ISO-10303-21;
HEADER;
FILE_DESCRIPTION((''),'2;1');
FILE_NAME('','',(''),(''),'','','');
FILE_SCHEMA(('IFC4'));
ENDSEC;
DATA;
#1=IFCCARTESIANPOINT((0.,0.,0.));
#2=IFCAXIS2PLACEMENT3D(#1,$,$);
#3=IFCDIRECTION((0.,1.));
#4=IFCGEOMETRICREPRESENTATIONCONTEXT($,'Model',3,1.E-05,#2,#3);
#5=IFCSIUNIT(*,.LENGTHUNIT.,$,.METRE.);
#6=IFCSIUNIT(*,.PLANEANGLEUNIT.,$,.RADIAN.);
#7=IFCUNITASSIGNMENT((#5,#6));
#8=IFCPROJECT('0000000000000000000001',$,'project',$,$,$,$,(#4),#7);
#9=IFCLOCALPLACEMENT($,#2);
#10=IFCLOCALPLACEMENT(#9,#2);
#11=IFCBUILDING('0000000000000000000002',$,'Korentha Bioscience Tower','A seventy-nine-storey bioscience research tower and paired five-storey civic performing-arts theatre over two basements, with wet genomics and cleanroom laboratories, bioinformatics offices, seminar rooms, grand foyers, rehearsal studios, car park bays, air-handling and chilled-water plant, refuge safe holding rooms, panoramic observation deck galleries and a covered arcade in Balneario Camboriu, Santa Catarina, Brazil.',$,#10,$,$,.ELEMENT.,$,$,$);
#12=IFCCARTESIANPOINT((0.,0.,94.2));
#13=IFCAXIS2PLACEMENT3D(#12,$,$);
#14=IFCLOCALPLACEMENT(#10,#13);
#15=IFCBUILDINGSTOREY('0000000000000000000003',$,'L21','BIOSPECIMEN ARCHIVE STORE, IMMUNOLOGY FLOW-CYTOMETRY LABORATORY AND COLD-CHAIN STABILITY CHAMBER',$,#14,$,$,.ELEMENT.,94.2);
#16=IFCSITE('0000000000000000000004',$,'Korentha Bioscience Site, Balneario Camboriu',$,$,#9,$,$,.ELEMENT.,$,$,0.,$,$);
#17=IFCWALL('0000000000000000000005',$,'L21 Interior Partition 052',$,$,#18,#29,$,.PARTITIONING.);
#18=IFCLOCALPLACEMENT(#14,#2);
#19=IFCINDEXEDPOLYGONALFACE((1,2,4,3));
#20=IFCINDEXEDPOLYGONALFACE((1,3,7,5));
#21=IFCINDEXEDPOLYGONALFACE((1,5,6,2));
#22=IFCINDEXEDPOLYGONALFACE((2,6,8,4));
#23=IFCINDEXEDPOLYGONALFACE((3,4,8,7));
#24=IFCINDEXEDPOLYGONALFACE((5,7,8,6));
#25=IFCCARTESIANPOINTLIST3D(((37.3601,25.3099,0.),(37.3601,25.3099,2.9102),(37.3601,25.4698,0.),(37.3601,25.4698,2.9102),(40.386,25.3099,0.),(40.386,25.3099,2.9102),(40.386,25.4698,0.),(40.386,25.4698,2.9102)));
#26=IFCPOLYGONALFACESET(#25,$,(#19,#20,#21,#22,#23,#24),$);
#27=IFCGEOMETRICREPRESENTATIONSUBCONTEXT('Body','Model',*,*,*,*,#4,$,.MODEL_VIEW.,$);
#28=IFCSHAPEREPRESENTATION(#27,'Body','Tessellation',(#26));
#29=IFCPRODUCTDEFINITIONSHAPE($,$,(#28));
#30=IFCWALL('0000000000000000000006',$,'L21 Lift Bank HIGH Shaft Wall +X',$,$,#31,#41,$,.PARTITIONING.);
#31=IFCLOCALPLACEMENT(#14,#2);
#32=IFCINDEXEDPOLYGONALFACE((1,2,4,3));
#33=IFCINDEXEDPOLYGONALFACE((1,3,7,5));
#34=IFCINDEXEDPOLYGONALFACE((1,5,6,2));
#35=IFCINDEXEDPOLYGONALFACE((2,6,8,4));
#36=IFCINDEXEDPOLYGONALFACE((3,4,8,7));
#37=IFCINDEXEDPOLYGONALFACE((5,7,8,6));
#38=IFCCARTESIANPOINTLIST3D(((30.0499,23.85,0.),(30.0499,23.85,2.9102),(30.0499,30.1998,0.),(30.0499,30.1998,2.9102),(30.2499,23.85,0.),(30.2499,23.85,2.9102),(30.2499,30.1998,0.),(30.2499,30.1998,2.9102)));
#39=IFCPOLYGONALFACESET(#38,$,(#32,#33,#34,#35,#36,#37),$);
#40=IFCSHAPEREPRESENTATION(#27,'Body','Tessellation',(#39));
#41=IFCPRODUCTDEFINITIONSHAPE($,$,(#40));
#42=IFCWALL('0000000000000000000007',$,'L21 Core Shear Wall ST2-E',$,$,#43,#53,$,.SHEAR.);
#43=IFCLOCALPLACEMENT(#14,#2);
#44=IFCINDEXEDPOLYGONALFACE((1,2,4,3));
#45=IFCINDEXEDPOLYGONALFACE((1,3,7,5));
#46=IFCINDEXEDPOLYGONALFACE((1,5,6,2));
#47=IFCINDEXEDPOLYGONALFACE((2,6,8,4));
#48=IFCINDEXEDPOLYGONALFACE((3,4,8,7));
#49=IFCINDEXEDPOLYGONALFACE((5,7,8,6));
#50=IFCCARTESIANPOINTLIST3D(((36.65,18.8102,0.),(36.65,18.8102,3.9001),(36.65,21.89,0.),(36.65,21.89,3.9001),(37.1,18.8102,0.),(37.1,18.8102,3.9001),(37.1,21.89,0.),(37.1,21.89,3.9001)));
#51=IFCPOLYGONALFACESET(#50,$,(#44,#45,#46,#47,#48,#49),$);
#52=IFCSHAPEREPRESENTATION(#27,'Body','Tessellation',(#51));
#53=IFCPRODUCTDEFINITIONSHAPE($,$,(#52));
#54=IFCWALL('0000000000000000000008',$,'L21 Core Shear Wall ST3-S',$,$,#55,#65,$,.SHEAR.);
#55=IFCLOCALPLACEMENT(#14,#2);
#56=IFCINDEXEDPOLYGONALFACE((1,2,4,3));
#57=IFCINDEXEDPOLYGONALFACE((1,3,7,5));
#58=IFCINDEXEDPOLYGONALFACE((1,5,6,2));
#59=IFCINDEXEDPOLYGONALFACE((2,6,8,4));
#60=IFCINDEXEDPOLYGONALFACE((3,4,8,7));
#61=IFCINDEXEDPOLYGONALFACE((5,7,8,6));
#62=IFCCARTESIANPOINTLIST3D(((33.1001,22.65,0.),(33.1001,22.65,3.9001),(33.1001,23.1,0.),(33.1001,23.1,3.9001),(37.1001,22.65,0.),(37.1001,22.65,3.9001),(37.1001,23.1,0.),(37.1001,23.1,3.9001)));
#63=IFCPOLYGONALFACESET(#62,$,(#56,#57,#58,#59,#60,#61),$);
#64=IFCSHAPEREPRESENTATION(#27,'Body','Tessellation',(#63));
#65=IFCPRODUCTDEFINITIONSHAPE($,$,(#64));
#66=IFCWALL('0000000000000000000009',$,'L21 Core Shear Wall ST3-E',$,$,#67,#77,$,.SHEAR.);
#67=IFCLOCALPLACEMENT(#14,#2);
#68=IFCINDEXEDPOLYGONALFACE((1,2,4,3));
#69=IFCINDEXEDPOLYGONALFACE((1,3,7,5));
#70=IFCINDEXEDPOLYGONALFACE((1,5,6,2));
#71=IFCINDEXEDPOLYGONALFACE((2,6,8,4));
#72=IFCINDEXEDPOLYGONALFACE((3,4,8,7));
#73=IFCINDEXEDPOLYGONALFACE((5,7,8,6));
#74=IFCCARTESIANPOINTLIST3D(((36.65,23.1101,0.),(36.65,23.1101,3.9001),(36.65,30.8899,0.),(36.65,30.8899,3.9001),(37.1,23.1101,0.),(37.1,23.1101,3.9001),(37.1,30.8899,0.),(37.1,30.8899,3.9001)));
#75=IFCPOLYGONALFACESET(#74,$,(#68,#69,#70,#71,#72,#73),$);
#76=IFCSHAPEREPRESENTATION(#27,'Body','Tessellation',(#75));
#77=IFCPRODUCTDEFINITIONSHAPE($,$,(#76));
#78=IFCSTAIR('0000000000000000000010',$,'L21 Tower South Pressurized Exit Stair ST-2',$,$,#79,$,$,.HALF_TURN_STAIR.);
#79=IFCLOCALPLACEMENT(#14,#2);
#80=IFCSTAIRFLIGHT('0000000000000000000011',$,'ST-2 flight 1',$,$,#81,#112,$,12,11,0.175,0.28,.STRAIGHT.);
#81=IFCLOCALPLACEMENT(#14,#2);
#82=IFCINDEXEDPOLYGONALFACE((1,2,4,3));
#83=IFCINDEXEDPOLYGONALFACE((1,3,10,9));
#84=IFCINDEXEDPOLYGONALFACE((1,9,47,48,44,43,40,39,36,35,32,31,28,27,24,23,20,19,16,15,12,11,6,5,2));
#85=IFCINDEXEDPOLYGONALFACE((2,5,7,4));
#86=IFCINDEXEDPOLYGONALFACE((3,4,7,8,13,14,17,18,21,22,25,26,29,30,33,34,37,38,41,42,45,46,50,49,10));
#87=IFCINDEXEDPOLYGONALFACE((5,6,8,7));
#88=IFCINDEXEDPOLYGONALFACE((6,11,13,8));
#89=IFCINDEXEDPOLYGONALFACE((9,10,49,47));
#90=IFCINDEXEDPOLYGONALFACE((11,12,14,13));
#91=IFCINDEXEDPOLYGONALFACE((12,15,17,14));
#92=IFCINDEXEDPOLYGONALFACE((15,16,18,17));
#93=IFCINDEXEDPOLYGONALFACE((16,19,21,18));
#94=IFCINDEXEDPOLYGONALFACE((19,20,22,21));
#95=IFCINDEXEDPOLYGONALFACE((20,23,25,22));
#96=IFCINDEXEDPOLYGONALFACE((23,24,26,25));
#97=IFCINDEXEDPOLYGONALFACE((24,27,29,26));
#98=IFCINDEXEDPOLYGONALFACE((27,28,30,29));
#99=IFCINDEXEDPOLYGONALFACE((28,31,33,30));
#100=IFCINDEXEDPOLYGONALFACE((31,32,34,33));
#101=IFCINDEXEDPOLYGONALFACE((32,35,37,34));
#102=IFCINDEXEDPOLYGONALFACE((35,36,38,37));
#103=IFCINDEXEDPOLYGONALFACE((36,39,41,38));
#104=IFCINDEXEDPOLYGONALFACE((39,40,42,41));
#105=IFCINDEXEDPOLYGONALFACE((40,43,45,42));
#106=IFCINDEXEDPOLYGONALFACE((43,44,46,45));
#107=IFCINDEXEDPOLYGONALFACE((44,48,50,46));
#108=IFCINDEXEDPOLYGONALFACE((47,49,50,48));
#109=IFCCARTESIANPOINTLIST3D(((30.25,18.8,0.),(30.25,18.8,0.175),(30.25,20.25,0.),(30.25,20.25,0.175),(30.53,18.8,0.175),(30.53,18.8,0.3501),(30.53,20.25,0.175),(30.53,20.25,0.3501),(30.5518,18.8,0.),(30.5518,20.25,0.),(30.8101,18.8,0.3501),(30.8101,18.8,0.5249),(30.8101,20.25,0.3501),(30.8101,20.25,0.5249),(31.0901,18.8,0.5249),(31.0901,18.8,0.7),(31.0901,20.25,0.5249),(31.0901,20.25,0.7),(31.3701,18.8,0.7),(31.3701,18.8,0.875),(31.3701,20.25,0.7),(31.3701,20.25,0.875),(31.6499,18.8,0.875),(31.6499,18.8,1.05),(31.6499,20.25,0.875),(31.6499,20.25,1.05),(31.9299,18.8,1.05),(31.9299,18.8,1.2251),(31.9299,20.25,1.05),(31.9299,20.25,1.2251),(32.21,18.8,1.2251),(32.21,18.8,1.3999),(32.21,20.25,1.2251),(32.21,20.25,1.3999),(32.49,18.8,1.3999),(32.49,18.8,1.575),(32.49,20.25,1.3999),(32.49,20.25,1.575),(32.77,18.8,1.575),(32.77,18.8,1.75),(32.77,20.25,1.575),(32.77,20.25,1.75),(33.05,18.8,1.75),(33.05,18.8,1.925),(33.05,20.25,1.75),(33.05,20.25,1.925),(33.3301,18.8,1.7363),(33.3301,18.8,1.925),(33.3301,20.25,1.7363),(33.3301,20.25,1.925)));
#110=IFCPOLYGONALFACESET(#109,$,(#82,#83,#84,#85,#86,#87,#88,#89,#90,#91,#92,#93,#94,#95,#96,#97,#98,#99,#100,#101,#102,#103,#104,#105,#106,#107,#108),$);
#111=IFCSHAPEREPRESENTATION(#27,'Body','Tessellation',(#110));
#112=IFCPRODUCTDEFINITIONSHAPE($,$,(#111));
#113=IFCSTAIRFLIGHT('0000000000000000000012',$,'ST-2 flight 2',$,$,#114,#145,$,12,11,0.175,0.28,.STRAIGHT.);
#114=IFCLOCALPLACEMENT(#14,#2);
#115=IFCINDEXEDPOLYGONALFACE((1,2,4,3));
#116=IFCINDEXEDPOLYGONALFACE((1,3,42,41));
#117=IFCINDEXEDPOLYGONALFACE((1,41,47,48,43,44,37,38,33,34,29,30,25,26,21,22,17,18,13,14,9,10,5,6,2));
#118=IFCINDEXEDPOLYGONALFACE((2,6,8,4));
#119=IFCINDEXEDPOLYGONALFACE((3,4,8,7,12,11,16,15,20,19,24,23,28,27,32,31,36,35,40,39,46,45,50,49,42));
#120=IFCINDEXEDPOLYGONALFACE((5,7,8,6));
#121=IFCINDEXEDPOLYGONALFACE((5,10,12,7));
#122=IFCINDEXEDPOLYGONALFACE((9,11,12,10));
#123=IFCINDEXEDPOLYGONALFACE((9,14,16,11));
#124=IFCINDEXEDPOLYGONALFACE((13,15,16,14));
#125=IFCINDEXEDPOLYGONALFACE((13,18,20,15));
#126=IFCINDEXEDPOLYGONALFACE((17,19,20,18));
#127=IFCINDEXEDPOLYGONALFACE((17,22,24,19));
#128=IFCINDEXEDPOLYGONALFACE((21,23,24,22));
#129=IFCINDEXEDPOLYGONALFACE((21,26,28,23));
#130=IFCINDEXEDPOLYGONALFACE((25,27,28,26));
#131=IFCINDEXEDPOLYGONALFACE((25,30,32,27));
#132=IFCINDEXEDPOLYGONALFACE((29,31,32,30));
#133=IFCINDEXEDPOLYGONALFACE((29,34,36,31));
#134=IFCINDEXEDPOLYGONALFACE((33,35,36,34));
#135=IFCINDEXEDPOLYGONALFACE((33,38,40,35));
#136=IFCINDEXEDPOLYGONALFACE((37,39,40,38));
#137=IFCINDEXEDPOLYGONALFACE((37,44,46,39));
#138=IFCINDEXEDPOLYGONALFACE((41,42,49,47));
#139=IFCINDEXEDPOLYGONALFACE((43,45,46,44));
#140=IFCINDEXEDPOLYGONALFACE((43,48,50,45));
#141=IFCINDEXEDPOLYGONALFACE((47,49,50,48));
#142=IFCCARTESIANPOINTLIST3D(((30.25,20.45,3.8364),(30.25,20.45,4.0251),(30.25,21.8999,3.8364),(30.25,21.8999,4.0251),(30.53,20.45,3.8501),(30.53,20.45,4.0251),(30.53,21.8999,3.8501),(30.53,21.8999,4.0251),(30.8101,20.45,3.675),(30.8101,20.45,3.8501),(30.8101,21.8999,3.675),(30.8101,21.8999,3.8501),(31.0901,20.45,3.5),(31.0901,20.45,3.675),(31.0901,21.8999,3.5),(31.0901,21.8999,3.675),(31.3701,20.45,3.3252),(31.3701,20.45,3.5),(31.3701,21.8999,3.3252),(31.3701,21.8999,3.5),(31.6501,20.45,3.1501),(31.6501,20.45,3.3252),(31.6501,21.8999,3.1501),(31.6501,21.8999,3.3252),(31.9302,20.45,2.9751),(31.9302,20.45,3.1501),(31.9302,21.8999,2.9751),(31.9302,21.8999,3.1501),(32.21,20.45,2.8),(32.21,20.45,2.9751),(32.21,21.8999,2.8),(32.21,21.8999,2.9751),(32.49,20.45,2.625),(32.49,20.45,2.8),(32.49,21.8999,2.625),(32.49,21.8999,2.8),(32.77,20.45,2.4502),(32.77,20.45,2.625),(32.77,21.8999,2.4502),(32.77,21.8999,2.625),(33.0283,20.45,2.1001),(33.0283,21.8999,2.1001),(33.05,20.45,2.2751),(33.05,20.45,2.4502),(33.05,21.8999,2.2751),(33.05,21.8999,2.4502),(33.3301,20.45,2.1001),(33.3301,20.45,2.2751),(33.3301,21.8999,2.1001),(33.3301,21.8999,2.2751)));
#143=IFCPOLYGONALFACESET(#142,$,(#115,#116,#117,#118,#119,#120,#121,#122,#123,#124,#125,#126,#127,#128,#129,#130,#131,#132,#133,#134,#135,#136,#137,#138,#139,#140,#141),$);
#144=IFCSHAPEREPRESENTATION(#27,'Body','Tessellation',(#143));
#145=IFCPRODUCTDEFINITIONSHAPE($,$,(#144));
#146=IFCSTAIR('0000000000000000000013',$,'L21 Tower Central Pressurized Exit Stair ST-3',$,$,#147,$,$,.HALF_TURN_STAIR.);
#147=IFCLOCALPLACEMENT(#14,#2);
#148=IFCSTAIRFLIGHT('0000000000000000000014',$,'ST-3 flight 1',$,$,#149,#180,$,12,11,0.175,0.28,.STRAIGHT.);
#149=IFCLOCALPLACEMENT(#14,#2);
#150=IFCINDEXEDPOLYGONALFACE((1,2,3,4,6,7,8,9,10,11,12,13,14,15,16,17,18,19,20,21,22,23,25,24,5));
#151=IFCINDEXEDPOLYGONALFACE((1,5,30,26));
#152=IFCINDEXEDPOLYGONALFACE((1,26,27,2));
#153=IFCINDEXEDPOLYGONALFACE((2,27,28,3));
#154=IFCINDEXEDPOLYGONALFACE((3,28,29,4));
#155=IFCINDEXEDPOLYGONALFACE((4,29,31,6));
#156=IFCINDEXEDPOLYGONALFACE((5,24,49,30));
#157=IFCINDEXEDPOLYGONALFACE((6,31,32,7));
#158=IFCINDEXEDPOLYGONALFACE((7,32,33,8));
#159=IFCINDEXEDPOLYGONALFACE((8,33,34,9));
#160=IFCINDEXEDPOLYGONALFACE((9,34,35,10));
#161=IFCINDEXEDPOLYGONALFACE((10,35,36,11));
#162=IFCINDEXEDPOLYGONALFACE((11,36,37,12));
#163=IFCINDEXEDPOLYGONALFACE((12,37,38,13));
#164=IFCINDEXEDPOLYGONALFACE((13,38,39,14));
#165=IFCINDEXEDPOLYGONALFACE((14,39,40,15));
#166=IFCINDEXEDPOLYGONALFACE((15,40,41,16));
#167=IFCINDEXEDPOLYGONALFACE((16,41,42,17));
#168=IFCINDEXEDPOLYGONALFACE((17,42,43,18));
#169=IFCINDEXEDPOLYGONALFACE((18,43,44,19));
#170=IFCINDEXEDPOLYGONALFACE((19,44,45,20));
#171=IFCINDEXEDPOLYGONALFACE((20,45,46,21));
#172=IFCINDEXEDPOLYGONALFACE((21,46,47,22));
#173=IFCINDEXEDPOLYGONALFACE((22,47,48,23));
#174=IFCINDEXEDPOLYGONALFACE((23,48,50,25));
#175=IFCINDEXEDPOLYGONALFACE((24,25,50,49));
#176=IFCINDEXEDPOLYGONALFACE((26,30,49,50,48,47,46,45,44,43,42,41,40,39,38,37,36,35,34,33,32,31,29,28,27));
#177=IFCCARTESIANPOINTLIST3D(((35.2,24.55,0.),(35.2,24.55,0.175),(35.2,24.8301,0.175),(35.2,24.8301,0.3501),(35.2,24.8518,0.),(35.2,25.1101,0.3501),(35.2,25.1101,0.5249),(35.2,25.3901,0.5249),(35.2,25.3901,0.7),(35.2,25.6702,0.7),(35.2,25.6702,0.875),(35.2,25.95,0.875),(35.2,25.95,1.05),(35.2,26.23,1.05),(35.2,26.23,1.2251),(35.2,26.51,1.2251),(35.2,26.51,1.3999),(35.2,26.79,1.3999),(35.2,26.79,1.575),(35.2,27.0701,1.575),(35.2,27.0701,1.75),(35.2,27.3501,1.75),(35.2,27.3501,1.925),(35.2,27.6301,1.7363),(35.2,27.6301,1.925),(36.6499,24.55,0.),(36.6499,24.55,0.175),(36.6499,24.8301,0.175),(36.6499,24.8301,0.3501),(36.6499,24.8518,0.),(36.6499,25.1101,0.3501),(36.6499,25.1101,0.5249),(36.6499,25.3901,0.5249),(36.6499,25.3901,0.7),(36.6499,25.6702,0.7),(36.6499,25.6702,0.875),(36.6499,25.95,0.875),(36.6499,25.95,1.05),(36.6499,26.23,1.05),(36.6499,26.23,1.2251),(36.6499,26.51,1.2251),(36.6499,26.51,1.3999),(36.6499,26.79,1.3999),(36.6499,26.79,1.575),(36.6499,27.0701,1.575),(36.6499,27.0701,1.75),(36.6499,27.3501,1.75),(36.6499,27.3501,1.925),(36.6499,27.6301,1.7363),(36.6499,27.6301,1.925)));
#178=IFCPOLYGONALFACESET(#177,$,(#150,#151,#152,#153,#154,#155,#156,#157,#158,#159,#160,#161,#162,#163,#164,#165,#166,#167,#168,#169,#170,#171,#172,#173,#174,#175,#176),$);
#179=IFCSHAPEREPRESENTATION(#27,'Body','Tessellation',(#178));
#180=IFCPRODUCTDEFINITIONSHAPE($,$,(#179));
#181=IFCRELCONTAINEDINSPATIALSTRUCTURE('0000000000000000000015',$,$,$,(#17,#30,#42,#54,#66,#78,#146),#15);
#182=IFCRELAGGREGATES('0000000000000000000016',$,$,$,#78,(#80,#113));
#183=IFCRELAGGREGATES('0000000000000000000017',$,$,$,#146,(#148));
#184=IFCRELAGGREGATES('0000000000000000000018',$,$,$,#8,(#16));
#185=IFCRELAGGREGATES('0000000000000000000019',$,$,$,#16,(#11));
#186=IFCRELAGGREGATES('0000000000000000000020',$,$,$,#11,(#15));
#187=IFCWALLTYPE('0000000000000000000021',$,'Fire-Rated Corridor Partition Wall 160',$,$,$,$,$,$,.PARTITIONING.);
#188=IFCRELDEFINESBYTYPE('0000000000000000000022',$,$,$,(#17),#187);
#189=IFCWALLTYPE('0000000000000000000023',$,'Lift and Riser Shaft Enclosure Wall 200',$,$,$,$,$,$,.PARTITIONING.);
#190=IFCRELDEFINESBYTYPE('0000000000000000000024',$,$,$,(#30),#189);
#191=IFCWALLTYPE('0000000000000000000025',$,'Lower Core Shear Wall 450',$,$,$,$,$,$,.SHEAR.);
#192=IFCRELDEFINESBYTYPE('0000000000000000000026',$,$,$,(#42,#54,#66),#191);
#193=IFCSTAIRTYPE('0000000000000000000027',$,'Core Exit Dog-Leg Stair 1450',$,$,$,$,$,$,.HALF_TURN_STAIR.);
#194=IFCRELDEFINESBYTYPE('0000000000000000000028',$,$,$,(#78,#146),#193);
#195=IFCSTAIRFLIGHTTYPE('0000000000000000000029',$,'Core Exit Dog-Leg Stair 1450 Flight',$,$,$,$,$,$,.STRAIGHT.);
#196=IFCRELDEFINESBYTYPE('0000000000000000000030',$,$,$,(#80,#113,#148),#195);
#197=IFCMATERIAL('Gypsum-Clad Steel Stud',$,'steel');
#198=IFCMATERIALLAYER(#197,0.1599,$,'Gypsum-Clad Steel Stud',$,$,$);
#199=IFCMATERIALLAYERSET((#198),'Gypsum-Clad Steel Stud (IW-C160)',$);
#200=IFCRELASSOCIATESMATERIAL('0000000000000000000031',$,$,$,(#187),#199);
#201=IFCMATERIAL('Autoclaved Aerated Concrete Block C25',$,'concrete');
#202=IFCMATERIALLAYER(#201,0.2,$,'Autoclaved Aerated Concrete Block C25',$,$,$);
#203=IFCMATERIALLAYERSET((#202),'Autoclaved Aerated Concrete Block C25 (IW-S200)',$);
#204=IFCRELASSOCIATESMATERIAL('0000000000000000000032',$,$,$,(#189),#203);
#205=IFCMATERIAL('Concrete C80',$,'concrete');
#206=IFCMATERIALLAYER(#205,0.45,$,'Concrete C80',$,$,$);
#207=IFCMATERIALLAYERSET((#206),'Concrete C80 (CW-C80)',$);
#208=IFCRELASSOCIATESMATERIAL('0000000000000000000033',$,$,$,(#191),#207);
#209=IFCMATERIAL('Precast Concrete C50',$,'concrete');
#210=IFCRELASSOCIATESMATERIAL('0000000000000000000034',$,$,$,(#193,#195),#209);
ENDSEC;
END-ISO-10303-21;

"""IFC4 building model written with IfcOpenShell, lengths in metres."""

from ifc_helpers import new_model, si_unit, direction, frame, frame_2d, origin, place, context, subcontext, project, spatial, polyline, rectangle, outline, extrude, material, layer, layer_set, type_object, element, aggregate, save


model = new_model("IFC4")

# Units and contexts
model_context = context("Model", 3, precision=1e-05, world=origin(), true_north=direction((0.0, 1.0)))
body_context = subcontext(model_context, "Body", "Model", "MODEL_VIEW")
ifc_project = project(units=[si_unit("LENGTHUNIT", "METRE"), si_unit("PLANEANGLEUNIT", "RADIAN")], contexts=[model_context])

# Site, building, storey
site_placement = place(None, origin())
site = spatial("IfcSite", under=ifc_project, at=site_placement, Name="Korentha Bioscience Site, Balneario Camboriu", CompositionType="ELEMENT", RefElevation=0.0)
building_placement = place(site_placement, origin())
building = spatial("IfcBuilding", under=site, at=building_placement, Name="Korentha Bioscience Tower", Description="A seventy-nine-storey bioscience research tower and paired five-storey civic performing-arts theatre over two basements, with wet genomics and cleanroom laboratories, bioinformatics offices, seminar rooms, grand foyers, rehearsal studios, car park bays, air-handling and chilled-water plant, refuge safe holding rooms, panoramic observation deck galleries and a covered arcade in Balneario Camboriu, Santa Catarina, Brazil.", CompositionType="ELEMENT")
storey_placement = place(building_placement, frame((0.0, 0.0, 94.2)))
storey = spatial("IfcBuildingStorey", under=building, at=storey_placement, Name="L21", Description="BIOSPECIMEN ARCHIVE STORE, IMMUNOLOGY FLOW-CYTOMETRY LABORATORY AND COLD-CHAIN STABILITY CHAMBER", CompositionType="ELEMENT", Elevation=94.2)

# Walls
ifc_material_1 = material(Name="Gypsum-Clad Steel Stud", Category="steel")
ifc_layer_1 = layer(ifc_material_1, 0.1599, Name="Gypsum-Clad Steel Stud")
ifc_layer_set_1 = layer_set([ifc_layer_1], Name="Gypsum-Clad Steel Stud (IW-C160)")
wall_type_1 = type_object("IfcWallType", Name="Fire-Rated Corridor Partition Wall 160", PredefinedType="PARTITIONING", material=ifc_layer_set_1)
wall_1_placement = place(storey_placement, frame((37.3601, 25.3899, 0.0), z_axis=(0.0, 0.0, 1.0), x_axis=(1.0, 0.0, 0.0)))
element("IfcWall", 1, at=wall_1_placement, inside=storey, type_object=wall_type_1, Name="L21 Interior Partition 052", PredefinedType="PARTITIONING", context=body_context, shape_type="SweptSolid", body=[
    extrude(rectangle(XDim=3.0259, YDim=0.1599, at=frame_2d((1.5129, 0.0))), origin(), (0.0, 0.0, 1.0), 2.9102),
])
ifc_material_2 = material(Name="Autoclaved Aerated Concrete Block C25", Category="concrete")
ifc_layer_2 = layer(ifc_material_2, 0.2, Name="Autoclaved Aerated Concrete Block C25")
ifc_layer_set_2 = layer_set([ifc_layer_2], Name="Autoclaved Aerated Concrete Block C25 (IW-S200)")
wall_type_2 = type_object("IfcWallType", Name="Lift and Riser Shaft Enclosure Wall 200", PredefinedType="PARTITIONING", material=ifc_layer_set_2)
wall_2_placement = place(storey_placement, frame((30.1499, 23.8501, 0.0), z_axis=(0.0, 0.0, 1.0), x_axis=(0.0, 1.0, 0.0)))
element("IfcWall", 2, at=wall_2_placement, inside=storey, type_object=wall_type_2, Name="L21 Lift Bank HIGH Shaft Wall +X", PredefinedType="PARTITIONING", context=body_context, shape_type="SweptSolid", body=[
    extrude(rectangle(XDim=6.3499, YDim=0.2, at=frame_2d((3.1748, 0.0))), origin(), (0.0, 0.0, 1.0), 2.9102),
])
ifc_material_3 = material(Name="Concrete C80", Category="concrete")
ifc_layer_3 = layer(ifc_material_3, 0.45, Name="Concrete C80")
ifc_layer_set_3 = layer_set([ifc_layer_3], Name="Concrete C80 (CW-C80)")
wall_type_3 = type_object("IfcWallType", Name="Lower Core Shear Wall 450", PredefinedType="SHEAR", material=ifc_layer_set_3)
wall_3_placement = place(storey_placement, frame((36.875, 18.8101, 0.0), z_axis=(0.0, 0.0, 1.0), x_axis=(0.0, 1.0, 0.0)))
element("IfcWall", 3, at=wall_3_placement, inside=storey, type_object=wall_type_3, Name="L21 Core Shear Wall ST2-E", PredefinedType="SHEAR", context=body_context, shape_type="SweptSolid", body=[
    extrude(rectangle(XDim=3.0798, YDim=0.45, at=frame_2d((1.54, 0.0))), origin(), (0.0, 0.0, 1.0), 3.9001),
])
wall_4_placement = place(storey_placement, frame((33.1001, 22.875, 0.0), z_axis=(0.0, 0.0, 1.0), x_axis=(1.0, 0.0, 0.0)))
element("IfcWall", 4, at=wall_4_placement, inside=storey, type_object=wall_type_3, Name="L21 Core Shear Wall ST3-S", PredefinedType="SHEAR", context=body_context, shape_type="SweptSolid", body=[
    extrude(rectangle(XDim=4.0, YDim=0.45, at=frame_2d((2.0, 0.0))), origin(), (0.0, 0.0, 1.0), 3.9001),
])
wall_5_placement = place(storey_placement, frame((36.875, 23.1101, 0.0), z_axis=(0.0, 0.0, 1.0), x_axis=(0.0, 1.0, 0.0)))
element("IfcWall", 5, at=wall_5_placement, inside=storey, type_object=wall_type_3, Name="L21 Core Shear Wall ST3-E", PredefinedType="SHEAR", context=body_context, shape_type="SweptSolid", body=[
    extrude(rectangle(XDim=7.7798, YDim=0.45, at=frame_2d((3.8899, 0.0))), origin(), (0.0, 0.0, 1.0), 3.9001),
])

# Stair, stair flights
ifc_material_4 = material(Name="Precast Concrete C50", Category="concrete")
stair_type = type_object("IfcStairType", Name="Core Exit Dog-Leg Stair 1450", PredefinedType="HALF_TURN_STAIR", material=ifc_material_4)
stair_1_placement = place(storey_placement, origin())
stair_1 = element("IfcStair", 6, at=stair_1_placement, inside=storey, type_object=stair_type, Name="L21 Tower South Pressurized Exit Stair ST-2", PredefinedType="HALF_TURN_STAIR")
stair_flight_type = type_object("IfcStairFlightType", Name="Core Exit Dog-Leg Stair 1450 Flight", PredefinedType="STRAIGHT", material=ifc_material_4)
stair_flight_1_placement = place(storey_placement, frame((30.25, 19.5249, 0.0), z_axis=(0.0, 0.0, 1.0), x_axis=(1.0, 0.0, 0.0)))
stair_flight_1 = element("IfcStairFlight", 7, at=stair_flight_1_placement, type_object=stair_flight_type, Name="ST-2 flight 1", NumberOfRisers=12, NumberOfTreads=11, PredefinedType="STRAIGHT", RiserHeight=0.175, TreadLength=0.28, context=body_context, shape_type="SweptSolid", body=[
    extrude(outline(polyline([(0.0, 0.0), (0.0, 0.175), (0.28, 0.175), (0.28, 0.3501), (0.5601, 0.3501), (0.5601, 0.5249), (0.8401, 0.5249), (0.8401, 0.7), (1.1201, 0.7), (1.1201, 0.875), (1.3999, 0.875), (1.3999, 1.05), (1.6799, 1.05), (1.6799, 1.2251), (1.96, 1.2251), (1.96, 1.3999), (2.24, 1.3999), (2.24, 1.575), (2.52, 1.575), (2.52, 1.75), (2.8, 1.75), (2.8, 1.925), (3.0801, 1.925), (3.0801, 2.1001), (3.0801, 1.7363), (0.3018, 0.0), (0.0, 0.0)])), frame((0.0, 0.7251, 0.0), z_axis=(0.0, -1.0, 0.0), x_axis=(1.0, 0.0, 0.0)), (0.0, 0.0, 1.0), 1.45),
])
stair_flight_2_placement = place(storey_placement, frame((33.3301, 21.175, 2.1001), z_axis=(0.0, 0.0, 1.0), x_axis=(-1.0, 0.0, 0.0)))
stair_flight_2 = element("IfcStairFlight", 8, at=stair_flight_2_placement, type_object=stair_flight_type, Name="ST-2 flight 2", NumberOfRisers=12, NumberOfTreads=11, PredefinedType="STRAIGHT", RiserHeight=0.175, TreadLength=0.28, context=body_context, shape_type="SweptSolid", body=[
    extrude(outline(polyline([(0.0, 0.0), (0.0, 0.175), (0.28, 0.175), (0.28, 0.3501), (0.5601, 0.3501), (0.5601, 0.5249), (0.8401, 0.5249), (0.8401, 0.7), (1.1201, 0.7), (1.1201, 0.875), (1.3999, 0.875), (1.3999, 1.05), (1.6799, 1.05), (1.6799, 1.2251), (1.96, 1.2251), (1.96, 1.3999), (2.24, 1.3999), (2.24, 1.575), (2.52, 1.575), (2.52, 1.75), (2.8, 1.75), (2.8, 1.925), (3.0801, 1.925), (3.0801, 2.1001), (3.0801, 1.7363), (0.3018, 0.0), (0.0, 0.0)])), frame((0.0, 0.7251, 0.0), z_axis=(0.0, -1.0, 0.0), x_axis=(1.0, 0.0, 0.0)), (0.0, 0.0, 1.0), 1.45),
])
aggregate(stair_1, [stair_flight_1, stair_flight_2])

# Stair, stair flight
stair_2_placement = place(storey_placement, origin())
stair_2 = element("IfcStair", 9, at=stair_2_placement, inside=storey, type_object=stair_type, Name="L21 Tower Central Pressurized Exit Stair ST-3", PredefinedType="HALF_TURN_STAIR")
stair_flight_3_placement = place(storey_placement, frame((35.925, 24.55, 0.0), z_axis=(0.0, 0.0, 1.0), x_axis=(0.0, 1.0, 0.0)))
stair_flight_3 = element("IfcStairFlight", 10, at=stair_flight_3_placement, type_object=stair_flight_type, Name="ST-3 flight 1", NumberOfRisers=12, NumberOfTreads=11, PredefinedType="STRAIGHT", RiserHeight=0.175, TreadLength=0.28, context=body_context, shape_type="SweptSolid", body=[
    extrude(outline(polyline([(0.0, 0.0), (0.0, 0.175), (0.28, 0.175), (0.28, 0.3501), (0.5601, 0.3501), (0.5601, 0.5249), (0.8401, 0.5249), (0.8401, 0.7), (1.1201, 0.7), (1.1201, 0.875), (1.3999, 0.875), (1.3999, 1.05), (1.6799, 1.05), (1.6799, 1.2251), (1.96, 1.2251), (1.96, 1.3999), (2.24, 1.3999), (2.24, 1.575), (2.52, 1.575), (2.52, 1.75), (2.8, 1.75), (2.8, 1.925), (3.0801, 1.925), (3.0801, 2.1001), (3.0801, 1.7363), (0.3018, 0.0), (0.0, 0.0)])), frame((0.0, 0.7251, 0.0), z_axis=(0.0, -1.0, 0.0), x_axis=(1.0, 0.0, 0.0)), (0.0, 0.0, 1.0), 1.45),
])
aggregate(stair_2, [stair_flight_3])

save(model, "model.ifc")
